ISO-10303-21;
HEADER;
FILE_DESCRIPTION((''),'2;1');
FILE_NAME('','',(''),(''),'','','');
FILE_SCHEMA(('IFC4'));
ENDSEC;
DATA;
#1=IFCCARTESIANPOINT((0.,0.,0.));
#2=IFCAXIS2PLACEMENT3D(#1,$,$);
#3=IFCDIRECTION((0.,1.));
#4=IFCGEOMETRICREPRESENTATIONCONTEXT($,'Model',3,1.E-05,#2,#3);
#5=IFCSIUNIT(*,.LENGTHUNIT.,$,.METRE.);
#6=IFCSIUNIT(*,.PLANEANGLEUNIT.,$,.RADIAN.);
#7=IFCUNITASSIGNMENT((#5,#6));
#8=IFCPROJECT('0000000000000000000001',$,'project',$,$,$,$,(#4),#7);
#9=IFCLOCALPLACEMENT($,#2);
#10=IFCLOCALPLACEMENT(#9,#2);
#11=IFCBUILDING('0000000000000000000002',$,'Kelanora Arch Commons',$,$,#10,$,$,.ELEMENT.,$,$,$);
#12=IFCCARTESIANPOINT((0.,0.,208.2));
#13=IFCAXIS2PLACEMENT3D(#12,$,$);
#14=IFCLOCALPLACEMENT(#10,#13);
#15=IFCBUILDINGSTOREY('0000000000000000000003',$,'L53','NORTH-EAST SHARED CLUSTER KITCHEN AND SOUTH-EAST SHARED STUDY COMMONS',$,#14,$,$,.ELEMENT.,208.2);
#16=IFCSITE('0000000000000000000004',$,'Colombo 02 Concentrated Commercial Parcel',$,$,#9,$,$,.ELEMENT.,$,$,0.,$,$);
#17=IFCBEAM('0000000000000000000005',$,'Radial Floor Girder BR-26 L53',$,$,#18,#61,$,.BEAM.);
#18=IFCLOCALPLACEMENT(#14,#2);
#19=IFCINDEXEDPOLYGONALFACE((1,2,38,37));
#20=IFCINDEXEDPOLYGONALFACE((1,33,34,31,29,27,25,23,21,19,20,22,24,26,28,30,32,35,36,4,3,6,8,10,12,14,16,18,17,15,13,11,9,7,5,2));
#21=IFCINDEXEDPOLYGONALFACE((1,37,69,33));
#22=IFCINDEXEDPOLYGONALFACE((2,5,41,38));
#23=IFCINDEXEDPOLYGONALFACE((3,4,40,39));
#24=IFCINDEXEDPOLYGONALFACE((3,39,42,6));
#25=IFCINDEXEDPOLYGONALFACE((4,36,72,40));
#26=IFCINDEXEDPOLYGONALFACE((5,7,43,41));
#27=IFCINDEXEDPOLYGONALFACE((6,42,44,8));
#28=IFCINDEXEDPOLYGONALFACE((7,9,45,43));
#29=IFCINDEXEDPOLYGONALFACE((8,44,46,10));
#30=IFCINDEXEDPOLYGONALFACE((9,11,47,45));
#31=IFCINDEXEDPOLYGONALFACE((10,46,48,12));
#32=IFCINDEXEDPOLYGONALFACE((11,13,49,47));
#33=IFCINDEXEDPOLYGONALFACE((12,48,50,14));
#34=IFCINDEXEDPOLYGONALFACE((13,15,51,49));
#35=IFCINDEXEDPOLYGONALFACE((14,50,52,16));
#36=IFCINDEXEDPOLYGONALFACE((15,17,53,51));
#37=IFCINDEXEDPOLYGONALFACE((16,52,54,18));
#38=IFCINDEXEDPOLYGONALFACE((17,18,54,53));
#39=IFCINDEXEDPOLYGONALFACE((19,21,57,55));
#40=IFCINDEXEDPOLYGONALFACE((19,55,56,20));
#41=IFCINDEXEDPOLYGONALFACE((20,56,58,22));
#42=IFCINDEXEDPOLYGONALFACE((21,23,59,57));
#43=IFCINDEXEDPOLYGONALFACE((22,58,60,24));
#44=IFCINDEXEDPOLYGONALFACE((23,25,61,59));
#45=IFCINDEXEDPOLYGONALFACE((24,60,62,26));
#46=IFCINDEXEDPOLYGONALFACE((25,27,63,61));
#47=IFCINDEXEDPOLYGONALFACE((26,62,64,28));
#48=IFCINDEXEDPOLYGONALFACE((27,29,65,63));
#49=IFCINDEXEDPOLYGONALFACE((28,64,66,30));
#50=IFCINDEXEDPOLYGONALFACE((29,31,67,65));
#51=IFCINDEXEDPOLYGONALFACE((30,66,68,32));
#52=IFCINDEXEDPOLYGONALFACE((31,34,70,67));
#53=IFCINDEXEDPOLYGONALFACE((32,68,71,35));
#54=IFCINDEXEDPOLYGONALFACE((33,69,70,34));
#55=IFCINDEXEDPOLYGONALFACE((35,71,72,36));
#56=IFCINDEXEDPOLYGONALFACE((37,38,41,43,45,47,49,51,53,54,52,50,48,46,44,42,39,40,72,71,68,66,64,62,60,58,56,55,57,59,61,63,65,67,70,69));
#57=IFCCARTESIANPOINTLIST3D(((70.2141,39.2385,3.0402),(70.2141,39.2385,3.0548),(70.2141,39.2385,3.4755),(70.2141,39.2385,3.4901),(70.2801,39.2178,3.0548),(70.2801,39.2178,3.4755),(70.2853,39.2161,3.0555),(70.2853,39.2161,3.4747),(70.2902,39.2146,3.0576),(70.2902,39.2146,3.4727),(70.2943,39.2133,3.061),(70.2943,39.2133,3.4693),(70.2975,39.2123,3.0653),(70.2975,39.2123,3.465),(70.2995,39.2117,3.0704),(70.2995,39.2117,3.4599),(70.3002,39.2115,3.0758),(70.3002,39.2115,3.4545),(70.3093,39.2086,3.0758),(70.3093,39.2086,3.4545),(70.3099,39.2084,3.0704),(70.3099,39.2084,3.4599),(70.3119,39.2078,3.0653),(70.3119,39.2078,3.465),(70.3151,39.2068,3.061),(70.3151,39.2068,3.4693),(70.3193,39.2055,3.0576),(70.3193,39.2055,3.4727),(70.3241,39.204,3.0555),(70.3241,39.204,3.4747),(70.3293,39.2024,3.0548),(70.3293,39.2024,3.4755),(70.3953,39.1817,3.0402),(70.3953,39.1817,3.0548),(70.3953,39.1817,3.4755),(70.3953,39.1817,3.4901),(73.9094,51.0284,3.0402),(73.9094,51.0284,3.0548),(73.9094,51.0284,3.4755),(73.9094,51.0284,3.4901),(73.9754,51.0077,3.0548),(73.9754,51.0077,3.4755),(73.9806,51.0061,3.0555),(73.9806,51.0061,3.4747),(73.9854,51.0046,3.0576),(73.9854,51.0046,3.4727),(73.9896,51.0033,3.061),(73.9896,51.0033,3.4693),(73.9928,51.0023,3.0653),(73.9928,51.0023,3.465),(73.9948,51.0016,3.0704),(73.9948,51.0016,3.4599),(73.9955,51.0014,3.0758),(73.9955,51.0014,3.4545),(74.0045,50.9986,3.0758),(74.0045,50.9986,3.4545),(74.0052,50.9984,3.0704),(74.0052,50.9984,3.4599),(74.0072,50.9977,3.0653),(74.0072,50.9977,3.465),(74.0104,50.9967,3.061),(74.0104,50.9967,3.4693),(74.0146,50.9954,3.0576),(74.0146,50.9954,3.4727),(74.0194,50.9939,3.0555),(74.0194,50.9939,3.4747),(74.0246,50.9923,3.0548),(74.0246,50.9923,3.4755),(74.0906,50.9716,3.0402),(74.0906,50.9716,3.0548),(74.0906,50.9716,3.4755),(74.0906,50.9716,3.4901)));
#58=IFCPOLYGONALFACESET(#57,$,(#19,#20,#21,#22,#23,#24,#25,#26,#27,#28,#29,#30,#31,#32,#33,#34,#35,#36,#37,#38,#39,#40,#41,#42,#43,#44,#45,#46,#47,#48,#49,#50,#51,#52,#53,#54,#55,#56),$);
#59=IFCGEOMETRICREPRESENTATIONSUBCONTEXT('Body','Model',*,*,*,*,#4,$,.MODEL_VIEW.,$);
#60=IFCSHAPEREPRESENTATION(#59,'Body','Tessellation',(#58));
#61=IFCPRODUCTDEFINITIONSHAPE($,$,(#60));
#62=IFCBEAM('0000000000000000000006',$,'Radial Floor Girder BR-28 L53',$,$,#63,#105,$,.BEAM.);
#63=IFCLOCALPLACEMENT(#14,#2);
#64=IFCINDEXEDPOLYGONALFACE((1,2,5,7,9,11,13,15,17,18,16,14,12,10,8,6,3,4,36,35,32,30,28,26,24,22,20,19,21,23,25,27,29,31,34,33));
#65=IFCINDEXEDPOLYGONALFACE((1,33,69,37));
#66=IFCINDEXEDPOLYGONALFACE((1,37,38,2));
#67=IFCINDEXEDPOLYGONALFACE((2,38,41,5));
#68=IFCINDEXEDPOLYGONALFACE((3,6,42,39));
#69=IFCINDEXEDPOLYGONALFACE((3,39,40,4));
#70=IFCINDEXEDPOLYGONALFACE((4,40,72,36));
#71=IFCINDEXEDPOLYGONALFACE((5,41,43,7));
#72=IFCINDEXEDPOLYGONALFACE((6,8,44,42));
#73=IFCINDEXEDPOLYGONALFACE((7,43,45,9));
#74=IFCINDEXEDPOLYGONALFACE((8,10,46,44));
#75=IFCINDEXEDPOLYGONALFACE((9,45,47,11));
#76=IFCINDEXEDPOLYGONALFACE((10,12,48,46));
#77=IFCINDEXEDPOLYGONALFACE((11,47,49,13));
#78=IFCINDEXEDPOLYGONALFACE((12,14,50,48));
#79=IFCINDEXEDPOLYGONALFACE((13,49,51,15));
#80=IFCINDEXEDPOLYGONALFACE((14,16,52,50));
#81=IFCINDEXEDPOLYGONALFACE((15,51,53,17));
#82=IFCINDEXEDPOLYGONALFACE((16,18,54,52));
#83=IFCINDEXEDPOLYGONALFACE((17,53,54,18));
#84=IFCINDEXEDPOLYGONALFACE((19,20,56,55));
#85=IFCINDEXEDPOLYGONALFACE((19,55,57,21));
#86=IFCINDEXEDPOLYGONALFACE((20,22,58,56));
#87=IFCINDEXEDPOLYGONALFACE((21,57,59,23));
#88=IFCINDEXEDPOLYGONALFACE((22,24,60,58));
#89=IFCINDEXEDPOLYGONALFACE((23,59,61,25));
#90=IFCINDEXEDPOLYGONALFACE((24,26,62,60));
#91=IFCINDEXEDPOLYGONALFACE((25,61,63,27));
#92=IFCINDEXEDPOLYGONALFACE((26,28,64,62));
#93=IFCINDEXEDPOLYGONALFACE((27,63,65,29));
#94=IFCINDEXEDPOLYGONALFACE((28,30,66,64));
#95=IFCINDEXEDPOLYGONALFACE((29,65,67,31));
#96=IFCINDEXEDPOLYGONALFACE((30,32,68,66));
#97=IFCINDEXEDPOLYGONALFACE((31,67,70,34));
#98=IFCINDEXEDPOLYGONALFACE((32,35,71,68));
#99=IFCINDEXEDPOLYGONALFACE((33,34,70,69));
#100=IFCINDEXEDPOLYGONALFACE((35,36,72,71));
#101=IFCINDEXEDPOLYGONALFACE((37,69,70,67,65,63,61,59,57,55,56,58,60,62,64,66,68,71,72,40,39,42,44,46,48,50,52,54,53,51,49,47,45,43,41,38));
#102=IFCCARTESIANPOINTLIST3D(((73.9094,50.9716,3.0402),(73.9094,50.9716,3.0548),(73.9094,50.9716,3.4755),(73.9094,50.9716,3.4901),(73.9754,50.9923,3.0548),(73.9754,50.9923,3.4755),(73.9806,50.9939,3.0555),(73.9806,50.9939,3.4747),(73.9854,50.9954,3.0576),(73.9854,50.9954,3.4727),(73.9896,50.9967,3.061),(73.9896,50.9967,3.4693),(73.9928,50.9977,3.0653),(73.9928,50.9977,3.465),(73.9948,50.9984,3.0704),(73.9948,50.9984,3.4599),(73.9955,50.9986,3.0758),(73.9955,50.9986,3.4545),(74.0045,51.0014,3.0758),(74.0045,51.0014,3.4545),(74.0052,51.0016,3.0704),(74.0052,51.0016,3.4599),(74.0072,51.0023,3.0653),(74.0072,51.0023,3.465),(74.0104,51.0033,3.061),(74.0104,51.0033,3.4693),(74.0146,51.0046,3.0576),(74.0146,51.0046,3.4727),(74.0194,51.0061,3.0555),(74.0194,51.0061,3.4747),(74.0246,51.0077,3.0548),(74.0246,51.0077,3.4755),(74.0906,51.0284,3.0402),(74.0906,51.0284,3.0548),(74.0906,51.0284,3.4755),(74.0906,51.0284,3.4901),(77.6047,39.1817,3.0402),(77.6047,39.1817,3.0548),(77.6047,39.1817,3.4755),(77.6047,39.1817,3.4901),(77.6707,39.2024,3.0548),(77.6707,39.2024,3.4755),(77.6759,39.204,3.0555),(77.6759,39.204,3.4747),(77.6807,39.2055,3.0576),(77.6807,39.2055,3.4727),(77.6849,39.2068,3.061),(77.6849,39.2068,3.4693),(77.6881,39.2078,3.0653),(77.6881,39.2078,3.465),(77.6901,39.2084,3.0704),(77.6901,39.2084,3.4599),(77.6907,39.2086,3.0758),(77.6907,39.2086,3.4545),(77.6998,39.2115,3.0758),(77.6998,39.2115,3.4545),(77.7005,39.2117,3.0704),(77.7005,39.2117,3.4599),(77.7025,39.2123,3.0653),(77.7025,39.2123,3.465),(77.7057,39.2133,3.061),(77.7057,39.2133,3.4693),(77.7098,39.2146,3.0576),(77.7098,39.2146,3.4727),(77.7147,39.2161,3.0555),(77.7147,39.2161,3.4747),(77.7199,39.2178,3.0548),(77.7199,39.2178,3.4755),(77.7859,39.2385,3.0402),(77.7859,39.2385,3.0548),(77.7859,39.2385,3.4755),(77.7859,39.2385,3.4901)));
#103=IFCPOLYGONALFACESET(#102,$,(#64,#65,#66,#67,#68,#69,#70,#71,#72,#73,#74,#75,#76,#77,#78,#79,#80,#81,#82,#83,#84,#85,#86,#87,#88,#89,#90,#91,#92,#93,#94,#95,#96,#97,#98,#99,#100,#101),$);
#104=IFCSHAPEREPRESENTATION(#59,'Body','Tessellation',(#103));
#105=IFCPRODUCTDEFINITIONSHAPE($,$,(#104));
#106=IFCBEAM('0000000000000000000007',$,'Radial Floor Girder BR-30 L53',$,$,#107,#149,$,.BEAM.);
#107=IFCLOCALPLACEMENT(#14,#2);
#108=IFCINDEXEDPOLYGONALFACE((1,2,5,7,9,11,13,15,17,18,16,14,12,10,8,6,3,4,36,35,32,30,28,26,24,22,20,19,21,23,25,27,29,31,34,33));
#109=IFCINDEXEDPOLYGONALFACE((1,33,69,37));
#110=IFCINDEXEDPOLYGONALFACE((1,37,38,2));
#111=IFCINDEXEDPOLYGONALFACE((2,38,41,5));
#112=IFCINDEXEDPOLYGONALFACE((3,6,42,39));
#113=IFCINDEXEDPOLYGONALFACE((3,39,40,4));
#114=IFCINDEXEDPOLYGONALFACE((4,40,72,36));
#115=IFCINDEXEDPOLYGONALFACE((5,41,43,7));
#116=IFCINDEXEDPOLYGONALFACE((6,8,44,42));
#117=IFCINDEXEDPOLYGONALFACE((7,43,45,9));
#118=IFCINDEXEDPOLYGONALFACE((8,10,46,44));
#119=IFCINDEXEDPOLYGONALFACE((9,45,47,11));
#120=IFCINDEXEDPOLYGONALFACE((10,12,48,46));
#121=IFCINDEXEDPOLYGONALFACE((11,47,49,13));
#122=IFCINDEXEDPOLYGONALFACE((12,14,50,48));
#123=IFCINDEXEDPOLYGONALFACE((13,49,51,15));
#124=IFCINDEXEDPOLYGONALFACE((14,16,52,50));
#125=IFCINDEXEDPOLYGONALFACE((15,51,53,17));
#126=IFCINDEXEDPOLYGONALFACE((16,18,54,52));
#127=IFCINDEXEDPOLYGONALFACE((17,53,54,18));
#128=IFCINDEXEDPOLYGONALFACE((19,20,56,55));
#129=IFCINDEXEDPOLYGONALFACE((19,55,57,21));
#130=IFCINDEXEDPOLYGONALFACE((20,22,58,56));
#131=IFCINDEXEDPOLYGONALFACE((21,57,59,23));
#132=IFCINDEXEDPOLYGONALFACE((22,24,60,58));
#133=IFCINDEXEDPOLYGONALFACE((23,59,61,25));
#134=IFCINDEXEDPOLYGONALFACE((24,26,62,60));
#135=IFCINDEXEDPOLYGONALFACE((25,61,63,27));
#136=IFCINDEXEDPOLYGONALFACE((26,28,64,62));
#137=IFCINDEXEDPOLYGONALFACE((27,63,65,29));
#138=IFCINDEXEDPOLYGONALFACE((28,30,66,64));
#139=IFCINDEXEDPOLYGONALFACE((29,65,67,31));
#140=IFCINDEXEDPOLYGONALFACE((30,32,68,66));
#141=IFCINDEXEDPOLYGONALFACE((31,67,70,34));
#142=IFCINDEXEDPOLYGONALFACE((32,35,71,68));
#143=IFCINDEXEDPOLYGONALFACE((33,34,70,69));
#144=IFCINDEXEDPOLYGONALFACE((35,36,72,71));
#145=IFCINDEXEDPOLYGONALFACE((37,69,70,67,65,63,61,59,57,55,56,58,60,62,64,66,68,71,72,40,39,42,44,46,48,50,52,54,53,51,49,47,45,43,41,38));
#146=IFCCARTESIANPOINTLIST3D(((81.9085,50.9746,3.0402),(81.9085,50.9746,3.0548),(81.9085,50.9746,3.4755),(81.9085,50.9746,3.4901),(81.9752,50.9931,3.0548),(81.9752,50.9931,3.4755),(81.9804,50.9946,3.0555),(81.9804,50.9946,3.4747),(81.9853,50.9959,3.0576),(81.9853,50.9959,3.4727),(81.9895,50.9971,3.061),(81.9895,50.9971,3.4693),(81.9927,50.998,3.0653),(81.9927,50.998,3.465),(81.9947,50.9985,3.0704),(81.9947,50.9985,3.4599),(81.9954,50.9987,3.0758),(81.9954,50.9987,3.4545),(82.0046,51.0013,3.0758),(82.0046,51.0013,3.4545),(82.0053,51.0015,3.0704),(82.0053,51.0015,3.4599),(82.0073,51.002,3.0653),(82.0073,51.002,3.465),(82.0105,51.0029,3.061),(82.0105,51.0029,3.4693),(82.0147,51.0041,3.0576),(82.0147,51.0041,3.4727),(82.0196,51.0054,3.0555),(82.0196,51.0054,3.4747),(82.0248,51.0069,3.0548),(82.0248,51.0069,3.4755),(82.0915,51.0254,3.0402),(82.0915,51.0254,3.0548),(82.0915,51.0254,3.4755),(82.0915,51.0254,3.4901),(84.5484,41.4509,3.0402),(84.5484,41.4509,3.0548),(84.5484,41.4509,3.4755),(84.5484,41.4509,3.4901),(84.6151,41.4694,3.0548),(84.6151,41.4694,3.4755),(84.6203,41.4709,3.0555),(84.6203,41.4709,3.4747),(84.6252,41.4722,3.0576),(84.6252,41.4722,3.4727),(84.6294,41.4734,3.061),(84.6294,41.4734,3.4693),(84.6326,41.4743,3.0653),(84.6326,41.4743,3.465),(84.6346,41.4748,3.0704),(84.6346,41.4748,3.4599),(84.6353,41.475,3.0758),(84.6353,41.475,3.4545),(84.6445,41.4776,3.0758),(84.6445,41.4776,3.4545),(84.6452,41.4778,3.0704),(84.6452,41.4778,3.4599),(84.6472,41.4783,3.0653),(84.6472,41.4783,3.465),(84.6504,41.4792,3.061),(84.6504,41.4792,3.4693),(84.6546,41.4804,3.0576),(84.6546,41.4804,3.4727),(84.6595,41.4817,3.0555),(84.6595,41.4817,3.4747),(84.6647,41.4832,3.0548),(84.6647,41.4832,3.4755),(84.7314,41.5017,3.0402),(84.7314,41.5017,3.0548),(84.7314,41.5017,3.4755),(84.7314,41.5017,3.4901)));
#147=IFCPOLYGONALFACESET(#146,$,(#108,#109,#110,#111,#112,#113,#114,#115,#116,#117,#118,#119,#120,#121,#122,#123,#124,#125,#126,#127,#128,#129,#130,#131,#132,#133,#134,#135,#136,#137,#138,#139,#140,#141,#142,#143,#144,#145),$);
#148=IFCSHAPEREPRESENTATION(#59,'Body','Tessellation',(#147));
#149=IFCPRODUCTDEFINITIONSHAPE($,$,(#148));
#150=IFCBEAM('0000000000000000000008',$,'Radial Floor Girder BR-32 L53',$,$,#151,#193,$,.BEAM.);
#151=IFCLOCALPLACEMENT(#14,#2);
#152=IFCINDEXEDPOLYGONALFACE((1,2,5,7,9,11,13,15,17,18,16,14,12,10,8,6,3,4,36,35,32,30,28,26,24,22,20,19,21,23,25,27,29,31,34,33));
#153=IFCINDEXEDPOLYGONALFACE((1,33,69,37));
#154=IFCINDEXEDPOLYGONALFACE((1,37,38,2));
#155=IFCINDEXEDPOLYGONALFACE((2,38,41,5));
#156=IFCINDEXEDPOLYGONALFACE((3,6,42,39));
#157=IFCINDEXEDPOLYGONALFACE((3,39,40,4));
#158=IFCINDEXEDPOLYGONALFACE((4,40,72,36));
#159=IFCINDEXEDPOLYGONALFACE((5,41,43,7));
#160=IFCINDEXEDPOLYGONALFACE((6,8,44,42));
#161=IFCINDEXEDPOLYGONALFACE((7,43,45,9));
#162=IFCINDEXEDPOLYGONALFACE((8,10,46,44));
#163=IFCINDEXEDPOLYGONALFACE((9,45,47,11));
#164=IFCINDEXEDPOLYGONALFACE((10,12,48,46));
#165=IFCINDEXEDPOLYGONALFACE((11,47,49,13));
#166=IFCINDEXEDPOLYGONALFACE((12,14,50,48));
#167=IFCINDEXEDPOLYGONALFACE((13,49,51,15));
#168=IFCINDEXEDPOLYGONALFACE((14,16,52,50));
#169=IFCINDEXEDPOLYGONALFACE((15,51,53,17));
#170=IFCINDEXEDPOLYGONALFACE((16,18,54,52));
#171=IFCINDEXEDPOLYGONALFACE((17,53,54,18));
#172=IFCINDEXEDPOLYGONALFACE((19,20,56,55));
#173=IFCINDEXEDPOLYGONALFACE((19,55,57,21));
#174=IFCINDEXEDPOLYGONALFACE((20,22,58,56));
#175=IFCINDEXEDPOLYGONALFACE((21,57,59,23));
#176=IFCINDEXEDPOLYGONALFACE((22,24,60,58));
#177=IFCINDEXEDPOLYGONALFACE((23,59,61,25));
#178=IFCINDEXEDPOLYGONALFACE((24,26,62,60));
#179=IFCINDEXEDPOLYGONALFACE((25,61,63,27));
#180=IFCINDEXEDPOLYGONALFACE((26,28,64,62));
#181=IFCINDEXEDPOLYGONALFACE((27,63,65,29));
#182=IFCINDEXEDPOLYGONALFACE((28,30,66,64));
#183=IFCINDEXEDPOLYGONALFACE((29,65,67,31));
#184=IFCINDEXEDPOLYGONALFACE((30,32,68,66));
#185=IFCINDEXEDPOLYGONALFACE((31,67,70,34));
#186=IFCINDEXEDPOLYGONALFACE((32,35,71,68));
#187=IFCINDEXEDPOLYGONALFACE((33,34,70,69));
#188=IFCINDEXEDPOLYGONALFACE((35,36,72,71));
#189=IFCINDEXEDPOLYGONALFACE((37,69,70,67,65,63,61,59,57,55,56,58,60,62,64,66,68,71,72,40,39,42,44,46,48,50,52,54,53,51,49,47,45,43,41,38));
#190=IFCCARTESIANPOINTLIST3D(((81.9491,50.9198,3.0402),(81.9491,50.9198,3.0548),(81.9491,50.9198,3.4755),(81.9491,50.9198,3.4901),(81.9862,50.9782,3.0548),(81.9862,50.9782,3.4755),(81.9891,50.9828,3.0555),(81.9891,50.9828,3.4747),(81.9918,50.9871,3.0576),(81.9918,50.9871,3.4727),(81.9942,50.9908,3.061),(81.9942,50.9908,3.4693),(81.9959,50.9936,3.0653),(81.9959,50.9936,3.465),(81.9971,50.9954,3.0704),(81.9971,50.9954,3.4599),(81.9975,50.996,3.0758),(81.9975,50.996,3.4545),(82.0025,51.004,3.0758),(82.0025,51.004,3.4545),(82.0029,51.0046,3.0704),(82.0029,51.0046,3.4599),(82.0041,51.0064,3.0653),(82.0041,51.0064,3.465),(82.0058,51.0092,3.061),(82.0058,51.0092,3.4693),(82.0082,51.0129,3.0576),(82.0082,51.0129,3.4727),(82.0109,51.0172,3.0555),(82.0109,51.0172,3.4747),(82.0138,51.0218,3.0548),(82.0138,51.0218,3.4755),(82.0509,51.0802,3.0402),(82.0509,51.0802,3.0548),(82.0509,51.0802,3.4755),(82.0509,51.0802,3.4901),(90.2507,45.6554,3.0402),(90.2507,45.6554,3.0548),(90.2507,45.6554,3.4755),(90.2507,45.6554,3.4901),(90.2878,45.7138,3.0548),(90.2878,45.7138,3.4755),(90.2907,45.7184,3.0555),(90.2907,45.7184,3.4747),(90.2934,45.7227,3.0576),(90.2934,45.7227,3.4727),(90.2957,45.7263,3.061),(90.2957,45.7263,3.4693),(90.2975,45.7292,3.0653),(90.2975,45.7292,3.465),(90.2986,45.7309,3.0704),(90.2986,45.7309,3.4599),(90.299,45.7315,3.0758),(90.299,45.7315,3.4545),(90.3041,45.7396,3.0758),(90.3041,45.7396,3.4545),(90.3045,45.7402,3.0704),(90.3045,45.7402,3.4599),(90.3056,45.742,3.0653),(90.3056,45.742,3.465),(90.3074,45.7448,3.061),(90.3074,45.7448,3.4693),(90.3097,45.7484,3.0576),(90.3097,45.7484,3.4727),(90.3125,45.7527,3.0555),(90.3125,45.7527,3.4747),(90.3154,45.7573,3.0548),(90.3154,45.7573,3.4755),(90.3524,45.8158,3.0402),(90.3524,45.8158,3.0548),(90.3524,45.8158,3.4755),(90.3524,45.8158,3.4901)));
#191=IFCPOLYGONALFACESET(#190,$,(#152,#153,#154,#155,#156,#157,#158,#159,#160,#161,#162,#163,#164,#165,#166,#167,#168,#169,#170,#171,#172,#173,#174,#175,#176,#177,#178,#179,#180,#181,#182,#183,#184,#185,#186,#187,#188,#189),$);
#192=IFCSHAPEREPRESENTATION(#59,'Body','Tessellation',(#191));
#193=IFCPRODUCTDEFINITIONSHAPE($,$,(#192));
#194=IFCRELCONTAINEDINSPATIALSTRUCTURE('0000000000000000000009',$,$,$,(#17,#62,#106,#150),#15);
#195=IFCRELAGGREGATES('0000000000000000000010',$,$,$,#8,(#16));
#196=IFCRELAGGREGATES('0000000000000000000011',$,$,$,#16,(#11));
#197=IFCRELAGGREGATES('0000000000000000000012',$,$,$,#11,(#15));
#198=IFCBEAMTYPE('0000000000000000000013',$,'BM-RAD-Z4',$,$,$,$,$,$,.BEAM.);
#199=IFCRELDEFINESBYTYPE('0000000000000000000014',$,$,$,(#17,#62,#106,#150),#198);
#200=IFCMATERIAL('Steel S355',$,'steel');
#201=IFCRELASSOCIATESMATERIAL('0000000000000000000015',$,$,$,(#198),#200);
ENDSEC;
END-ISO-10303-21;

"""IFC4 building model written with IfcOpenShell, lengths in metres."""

from ifc_helpers import new_model, si_unit, direction, frame, origin, origin_2d, place, context, subcontext, project, spatial, i_section, extrude, material, material_profile, profile_set, type_object, element, save


model = new_model("IFC4")

# Units and contexts
model_context = context("Model", 3, precision=1e-05, world=origin(), true_north=direction((0.0, 1.0)))
body_context = subcontext(model_context, "Body", "Model", "MODEL_VIEW")
ifc_project = project(units=[si_unit("LENGTHUNIT", "METRE"), si_unit("PLANEANGLEUNIT", "RADIAN")], contexts=[model_context])

# Site, building, storey
site_placement = place(None, origin())
site = spatial("IfcSite", under=ifc_project, at=site_placement, Name="Colombo 02 Concentrated Commercial Parcel", CompositionType="ELEMENT", RefElevation=0.0)
building_placement = place(site_placement, origin())
building = spatial("IfcBuilding", under=site, at=building_placement, Name="Kelanora Arch Commons", CompositionType="ELEMENT")
storey_placement = place(building_placement, frame((0.0, 0.0, 208.2)))
storey = spatial("IfcBuildingStorey", under=building, at=storey_placement, Name="L53", Description="NORTH-EAST SHARED CLUSTER KITCHEN AND SOUTH-EAST SHARED STUDY COMMONS", CompositionType="ELEMENT", Elevation=208.2)

# Beams
ifc_material_1 = material(Name="Steel S355", Category="steel")
ifc_material_profile_1 = material_profile(ifc_material_1, i_section(OverallWidth=0.1899, OverallDepth=0.45, WebThickness=0.0095, FlangeThickness=0.0146, FilletRadius=0.021, at=origin_2d()), Name="IPE450")
ifc_profile_set_1 = profile_set([ifc_material_profile_1], Name="Steel S355")
beam_type_1 = type_object("IfcBeamType", Name="BM-RAD-Z4", PredefinedType="BEAM", material=ifc_profile_set_1)
for number, where, z_axis, x_axis, name in (
    (1, (74.0, 51.0, 3.2651), (-0.29908, -0.954228, 0.0), (0.954228, -0.29908, 0.0), "Radial Floor Girder BR-26 L53"),
    (2, (74.0, 51.0, 3.2651), (0.29908, -0.954228, 0.0), (0.954228, 0.29908, 0.0), "Radial Floor Girder BR-28 L53"),
):
    element("IfcBeam", number, at=place(storey_placement, frame(where, z_axis=z_axis, x_axis=x_axis)), inside=storey, type_object=beam_type_1, Name=name, PredefinedType="BEAM", context=body_context, shape_type="SweptSolid", body=[
        extrude(i_section(OverallWidth=0.1899, OverallDepth=0.45, WebThickness=0.0095, FlangeThickness=0.0146, FilletRadius=0.021, at=origin_2d()), origin(), (0.0, 0.0, 1.0), 12.3555),
    ])
beam_1_placement = place(storey_placement, frame((82.0, 51.0, 3.2651), z_axis=(0.26712, -0.963663, 0.0), x_axis=(0.963663, 0.26712, 0.0)))
element("IfcBeam", 3, at=beam_1_placement, inside=storey, type_object=beam_type_1, Name="Radial Floor Girder BR-30 L53", PredefinedType="BEAM", context=body_context, shape_type="SweptSolid", body=[
    extrude(i_section(OverallWidth=0.1899, OverallDepth=0.45, WebThickness=0.0095, FlangeThickness=0.0146, FilletRadius=0.021, at=origin_2d()), origin(), (0.0, 0.0, 1.0), 9.8828),
])
beam_2_placement = place(storey_placement, frame((82.0, 51.0, 3.2651), z_axis=(0.844507, -0.535544, 0.0), x_axis=(0.535544, 0.844507, 0.0)))
element("IfcBeam", 4, at=beam_2_placement, inside=storey, type_object=beam_type_1, Name="Radial Floor Girder BR-32 L53", PredefinedType="BEAM", context=body_context, shape_type="SweptSolid", body=[
    extrude(i_section(OverallWidth=0.1899, OverallDepth=0.45, WebThickness=0.0095, FlangeThickness=0.0146, FilletRadius=0.021, at=origin_2d()), origin(), (0.0, 0.0, 1.0), 9.8301),
])

save(model, "model.ifc")
